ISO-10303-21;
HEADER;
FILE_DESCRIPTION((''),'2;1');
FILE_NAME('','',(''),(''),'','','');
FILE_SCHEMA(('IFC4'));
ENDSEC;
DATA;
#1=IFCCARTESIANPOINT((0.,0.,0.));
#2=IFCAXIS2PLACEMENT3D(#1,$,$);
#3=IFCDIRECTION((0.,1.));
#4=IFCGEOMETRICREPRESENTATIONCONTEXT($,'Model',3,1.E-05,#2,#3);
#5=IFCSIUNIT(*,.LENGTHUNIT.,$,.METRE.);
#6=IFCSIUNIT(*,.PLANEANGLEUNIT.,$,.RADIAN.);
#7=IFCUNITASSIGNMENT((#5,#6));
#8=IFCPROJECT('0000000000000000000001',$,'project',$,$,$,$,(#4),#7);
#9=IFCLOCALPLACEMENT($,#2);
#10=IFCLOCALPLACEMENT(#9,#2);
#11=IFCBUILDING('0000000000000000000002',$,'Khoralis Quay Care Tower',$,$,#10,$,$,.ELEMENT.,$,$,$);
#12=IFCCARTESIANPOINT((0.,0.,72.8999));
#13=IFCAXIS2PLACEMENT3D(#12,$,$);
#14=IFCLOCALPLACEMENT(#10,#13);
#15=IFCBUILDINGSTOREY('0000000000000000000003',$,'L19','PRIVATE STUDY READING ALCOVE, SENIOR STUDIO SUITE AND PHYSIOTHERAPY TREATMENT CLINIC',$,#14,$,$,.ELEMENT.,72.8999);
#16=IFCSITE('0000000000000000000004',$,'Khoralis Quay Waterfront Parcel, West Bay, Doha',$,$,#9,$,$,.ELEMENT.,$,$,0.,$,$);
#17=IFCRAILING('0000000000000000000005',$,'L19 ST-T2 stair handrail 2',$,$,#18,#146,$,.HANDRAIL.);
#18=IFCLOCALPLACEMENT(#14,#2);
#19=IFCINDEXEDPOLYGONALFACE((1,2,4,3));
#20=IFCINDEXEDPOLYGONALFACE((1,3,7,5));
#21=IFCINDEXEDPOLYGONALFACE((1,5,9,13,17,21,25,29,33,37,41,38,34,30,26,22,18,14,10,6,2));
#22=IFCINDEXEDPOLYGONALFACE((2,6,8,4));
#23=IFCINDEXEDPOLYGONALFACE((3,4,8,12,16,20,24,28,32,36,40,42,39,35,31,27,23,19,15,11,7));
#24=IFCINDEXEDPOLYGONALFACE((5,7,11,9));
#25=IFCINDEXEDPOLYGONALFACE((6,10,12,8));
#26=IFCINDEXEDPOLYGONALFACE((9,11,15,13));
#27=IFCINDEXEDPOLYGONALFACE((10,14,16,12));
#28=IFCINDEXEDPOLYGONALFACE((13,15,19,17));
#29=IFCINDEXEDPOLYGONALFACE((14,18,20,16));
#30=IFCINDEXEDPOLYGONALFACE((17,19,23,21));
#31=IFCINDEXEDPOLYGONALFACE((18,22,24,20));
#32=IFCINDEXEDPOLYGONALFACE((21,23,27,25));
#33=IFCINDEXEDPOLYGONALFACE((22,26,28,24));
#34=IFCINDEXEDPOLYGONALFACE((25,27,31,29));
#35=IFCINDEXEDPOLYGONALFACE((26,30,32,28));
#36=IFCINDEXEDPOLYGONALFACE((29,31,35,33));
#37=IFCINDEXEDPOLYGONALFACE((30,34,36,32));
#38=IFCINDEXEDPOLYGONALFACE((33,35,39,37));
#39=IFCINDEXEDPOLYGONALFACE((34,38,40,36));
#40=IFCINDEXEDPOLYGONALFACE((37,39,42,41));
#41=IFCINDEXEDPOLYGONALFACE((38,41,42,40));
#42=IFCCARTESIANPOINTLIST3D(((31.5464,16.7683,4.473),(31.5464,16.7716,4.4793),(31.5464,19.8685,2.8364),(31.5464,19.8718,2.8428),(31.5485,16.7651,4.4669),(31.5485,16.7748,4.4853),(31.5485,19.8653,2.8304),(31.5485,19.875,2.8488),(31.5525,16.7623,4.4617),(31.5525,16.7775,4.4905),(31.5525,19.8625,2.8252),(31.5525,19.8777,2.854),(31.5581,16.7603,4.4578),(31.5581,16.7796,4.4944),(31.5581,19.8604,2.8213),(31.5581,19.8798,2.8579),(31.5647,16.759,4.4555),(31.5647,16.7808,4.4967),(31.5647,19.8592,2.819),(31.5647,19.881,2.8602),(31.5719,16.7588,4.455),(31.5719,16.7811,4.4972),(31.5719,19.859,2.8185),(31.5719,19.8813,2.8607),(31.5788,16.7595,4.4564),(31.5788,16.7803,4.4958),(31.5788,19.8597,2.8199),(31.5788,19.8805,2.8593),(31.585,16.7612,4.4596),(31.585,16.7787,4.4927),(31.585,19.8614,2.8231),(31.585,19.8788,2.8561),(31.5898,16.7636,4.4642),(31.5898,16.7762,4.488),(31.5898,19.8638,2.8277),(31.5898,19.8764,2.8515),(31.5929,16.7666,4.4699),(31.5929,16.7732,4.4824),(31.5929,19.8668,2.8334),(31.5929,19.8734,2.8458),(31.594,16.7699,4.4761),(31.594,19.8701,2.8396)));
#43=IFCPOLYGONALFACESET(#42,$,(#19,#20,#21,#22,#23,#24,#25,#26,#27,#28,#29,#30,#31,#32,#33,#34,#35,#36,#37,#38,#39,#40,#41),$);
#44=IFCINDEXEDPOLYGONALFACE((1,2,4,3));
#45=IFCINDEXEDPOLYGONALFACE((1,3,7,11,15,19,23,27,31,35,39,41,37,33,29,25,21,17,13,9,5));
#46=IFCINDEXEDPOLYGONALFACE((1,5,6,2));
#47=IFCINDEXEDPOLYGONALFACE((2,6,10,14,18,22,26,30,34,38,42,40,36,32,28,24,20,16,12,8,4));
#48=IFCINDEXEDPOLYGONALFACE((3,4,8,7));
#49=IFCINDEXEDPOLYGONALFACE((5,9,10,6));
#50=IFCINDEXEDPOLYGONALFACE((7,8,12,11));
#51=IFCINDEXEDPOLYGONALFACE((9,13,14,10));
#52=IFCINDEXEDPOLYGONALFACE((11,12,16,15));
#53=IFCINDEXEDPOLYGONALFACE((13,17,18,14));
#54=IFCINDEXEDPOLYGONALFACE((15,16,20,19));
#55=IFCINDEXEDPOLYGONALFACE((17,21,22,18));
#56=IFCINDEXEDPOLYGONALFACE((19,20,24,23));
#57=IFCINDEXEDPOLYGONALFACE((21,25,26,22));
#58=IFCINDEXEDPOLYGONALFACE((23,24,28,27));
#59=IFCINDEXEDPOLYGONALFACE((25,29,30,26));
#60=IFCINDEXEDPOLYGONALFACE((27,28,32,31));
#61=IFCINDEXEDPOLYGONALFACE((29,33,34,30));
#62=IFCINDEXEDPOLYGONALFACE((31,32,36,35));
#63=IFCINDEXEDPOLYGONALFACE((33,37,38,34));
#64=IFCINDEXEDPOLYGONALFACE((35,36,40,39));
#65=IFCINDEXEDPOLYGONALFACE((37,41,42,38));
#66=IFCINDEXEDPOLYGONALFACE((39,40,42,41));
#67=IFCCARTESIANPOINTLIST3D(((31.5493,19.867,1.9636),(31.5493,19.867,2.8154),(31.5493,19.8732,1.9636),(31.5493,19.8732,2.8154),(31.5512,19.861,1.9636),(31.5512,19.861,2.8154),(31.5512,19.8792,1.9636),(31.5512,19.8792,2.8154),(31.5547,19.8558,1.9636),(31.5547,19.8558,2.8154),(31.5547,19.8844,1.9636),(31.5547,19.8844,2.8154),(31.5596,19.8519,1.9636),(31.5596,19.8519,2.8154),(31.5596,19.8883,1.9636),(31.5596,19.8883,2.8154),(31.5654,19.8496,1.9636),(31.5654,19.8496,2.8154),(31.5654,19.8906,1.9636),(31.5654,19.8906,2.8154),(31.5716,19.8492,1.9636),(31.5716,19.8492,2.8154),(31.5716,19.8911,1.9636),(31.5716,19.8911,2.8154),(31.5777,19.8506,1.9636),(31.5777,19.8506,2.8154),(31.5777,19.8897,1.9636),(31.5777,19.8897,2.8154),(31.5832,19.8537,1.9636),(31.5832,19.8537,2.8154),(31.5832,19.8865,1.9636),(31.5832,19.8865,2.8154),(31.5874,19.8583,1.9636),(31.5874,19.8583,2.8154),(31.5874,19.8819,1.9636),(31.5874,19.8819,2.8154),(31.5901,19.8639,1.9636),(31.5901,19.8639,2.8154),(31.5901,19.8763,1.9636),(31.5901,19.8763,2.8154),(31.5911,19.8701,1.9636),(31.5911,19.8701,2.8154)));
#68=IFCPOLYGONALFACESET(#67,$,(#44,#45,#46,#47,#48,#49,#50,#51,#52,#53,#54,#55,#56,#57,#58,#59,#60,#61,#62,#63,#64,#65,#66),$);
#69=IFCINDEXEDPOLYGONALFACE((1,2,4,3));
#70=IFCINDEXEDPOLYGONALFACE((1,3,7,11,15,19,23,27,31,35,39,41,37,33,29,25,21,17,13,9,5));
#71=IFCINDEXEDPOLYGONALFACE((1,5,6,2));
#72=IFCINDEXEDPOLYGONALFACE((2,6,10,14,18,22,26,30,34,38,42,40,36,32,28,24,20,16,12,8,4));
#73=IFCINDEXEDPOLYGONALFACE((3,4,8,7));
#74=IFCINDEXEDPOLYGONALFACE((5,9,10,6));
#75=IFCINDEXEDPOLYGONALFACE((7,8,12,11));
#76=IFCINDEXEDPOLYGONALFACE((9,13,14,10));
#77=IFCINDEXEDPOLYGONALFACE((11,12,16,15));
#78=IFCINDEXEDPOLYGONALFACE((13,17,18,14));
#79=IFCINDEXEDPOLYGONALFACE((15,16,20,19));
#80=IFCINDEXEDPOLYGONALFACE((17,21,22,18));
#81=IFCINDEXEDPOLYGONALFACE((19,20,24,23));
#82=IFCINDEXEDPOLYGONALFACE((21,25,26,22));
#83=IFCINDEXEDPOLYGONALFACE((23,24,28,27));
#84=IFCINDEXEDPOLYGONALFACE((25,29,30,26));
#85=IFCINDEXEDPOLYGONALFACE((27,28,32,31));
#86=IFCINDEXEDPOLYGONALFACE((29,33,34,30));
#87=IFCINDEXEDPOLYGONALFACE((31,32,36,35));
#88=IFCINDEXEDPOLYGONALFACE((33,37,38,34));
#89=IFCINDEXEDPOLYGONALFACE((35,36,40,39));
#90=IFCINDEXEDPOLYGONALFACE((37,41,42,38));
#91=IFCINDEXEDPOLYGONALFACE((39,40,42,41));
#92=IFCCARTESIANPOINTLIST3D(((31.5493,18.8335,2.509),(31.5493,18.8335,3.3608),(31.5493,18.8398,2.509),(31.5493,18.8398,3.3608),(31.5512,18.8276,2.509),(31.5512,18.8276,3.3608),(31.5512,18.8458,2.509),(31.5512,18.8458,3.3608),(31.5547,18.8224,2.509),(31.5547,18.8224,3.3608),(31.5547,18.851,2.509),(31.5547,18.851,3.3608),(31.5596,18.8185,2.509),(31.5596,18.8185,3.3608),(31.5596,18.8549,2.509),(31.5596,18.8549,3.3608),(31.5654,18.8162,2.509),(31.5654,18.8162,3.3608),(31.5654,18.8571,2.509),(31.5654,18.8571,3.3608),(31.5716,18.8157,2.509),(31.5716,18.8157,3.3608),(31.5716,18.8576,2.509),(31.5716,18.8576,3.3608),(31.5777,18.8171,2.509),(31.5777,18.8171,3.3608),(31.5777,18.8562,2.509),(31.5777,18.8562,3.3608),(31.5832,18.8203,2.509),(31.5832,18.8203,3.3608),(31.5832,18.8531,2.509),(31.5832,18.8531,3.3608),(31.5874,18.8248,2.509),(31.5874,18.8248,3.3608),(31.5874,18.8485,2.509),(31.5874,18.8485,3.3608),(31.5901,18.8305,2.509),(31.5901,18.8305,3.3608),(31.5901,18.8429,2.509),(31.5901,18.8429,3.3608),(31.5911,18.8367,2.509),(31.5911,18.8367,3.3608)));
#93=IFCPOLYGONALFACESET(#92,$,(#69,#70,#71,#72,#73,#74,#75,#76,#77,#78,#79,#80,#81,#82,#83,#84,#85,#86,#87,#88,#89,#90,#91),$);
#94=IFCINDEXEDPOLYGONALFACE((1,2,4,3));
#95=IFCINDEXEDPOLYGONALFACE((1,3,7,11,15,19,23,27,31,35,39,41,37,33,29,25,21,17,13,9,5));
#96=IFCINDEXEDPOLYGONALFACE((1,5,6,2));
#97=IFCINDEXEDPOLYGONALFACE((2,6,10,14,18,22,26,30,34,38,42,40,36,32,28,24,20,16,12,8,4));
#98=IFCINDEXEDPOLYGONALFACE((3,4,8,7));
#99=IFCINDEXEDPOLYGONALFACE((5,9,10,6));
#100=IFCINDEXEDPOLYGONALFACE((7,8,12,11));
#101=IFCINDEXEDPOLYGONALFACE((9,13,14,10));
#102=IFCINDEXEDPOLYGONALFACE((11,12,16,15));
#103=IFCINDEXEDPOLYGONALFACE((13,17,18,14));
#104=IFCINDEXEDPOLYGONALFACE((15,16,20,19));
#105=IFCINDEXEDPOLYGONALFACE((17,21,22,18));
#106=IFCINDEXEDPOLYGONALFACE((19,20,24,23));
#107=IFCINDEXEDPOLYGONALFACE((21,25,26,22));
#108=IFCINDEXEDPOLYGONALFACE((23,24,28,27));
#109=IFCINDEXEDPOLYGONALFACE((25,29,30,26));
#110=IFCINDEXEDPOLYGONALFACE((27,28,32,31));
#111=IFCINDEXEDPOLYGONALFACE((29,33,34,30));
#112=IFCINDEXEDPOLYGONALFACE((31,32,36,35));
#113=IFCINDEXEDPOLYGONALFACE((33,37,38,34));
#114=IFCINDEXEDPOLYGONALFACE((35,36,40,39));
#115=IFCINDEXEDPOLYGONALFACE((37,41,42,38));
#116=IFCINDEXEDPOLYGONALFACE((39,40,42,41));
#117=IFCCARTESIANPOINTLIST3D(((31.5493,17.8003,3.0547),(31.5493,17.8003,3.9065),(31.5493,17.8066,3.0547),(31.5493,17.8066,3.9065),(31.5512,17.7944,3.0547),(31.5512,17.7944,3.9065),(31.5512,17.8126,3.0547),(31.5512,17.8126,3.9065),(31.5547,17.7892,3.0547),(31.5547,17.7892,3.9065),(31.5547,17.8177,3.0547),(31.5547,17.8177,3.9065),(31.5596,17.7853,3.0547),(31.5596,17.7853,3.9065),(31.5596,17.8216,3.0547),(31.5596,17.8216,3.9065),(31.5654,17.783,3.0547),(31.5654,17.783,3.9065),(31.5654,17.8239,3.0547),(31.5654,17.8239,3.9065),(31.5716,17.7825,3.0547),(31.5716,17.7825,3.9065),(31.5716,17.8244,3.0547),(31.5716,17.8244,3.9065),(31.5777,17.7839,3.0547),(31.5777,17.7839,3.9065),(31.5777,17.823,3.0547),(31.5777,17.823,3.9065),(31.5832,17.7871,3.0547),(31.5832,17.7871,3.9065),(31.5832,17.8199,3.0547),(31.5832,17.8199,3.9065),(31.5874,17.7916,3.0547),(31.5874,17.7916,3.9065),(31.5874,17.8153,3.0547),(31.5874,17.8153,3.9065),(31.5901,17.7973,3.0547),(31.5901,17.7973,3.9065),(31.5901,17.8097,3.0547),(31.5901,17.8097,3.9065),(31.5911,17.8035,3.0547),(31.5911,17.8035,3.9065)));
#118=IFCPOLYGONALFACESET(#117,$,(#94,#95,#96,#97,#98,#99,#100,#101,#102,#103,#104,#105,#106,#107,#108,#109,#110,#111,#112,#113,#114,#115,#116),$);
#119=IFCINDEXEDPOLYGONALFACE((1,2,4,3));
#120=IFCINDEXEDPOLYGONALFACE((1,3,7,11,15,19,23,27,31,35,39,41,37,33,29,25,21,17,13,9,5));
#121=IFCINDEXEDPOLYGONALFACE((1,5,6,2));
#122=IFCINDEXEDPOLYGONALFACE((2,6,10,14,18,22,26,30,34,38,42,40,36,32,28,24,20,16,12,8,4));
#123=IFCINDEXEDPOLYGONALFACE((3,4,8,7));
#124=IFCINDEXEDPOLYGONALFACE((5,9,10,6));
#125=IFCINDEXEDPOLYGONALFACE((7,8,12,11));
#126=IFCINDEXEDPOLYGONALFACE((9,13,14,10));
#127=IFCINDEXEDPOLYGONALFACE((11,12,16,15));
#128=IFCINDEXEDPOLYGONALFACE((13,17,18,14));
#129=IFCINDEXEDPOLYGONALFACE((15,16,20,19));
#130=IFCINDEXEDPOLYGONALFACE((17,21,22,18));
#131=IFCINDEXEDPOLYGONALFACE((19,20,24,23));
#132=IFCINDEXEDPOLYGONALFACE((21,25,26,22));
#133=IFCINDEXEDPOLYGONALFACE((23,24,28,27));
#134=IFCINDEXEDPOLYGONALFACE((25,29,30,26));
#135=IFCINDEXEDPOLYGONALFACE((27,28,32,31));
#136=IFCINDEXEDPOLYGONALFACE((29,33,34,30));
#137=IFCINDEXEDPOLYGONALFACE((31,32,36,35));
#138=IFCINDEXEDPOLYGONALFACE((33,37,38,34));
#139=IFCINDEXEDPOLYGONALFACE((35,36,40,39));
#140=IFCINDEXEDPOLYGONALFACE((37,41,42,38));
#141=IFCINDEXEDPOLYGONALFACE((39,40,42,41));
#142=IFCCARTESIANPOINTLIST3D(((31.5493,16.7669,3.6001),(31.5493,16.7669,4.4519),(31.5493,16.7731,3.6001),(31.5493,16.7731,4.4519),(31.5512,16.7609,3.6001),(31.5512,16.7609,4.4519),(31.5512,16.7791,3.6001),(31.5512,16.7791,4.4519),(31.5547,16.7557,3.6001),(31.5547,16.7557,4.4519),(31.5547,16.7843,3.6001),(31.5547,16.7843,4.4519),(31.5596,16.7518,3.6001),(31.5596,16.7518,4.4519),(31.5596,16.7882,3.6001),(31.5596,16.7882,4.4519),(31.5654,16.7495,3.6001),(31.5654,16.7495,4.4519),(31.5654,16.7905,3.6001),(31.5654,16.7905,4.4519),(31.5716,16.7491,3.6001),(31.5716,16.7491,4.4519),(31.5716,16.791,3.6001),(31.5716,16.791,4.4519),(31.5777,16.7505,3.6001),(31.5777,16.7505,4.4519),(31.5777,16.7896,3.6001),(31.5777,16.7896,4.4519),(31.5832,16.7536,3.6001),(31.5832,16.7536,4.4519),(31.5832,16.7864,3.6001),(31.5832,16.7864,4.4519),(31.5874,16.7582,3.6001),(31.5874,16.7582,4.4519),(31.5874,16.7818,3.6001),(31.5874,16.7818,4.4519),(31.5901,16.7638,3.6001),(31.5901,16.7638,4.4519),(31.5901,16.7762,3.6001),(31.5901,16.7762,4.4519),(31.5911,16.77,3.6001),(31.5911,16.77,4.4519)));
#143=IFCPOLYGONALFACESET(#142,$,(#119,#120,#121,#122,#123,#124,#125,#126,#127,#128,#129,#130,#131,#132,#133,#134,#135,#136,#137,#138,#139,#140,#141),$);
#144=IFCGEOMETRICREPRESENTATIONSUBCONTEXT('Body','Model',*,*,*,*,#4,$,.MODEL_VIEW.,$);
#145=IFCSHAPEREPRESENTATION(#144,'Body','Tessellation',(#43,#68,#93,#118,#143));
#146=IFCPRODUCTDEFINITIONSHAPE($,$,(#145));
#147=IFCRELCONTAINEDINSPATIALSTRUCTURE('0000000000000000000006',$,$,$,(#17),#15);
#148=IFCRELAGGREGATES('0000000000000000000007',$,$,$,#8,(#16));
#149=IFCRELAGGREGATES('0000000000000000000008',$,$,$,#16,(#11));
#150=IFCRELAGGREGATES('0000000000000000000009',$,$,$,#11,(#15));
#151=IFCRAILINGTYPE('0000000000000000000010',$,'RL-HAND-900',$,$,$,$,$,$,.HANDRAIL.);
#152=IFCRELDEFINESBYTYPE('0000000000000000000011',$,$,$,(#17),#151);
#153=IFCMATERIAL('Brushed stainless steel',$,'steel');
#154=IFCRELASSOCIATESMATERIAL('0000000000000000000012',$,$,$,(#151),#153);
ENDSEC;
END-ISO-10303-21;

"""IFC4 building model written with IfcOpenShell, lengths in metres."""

from ifc_helpers import new_model, si_unit, direction, frame, origin, origin_2d, place, context, subcontext, project, spatial, circle, extrude, material, type_object, element, save


model = new_model("IFC4")

# Units and contexts
model_context = context("Model", 3, precision=1e-05, world=origin(), true_north=direction((0.0, 1.0)))
body_context = subcontext(model_context, "Body", "Model", "MODEL_VIEW")
ifc_project = project(units=[si_unit("LENGTHUNIT", "METRE"), si_unit("PLANEANGLEUNIT", "RADIAN")], contexts=[model_context])

# Site, building, storey
site_placement = place(None, origin())
site = spatial("IfcSite", under=ifc_project, at=site_placement, Name="Khoralis Quay Waterfront Parcel, West Bay, Doha", CompositionType="ELEMENT", RefElevation=0.0)
building_placement = place(site_placement, origin())
building = spatial("IfcBuilding", under=site, at=building_placement, Name="Khoralis Quay Care Tower", CompositionType="ELEMENT")
storey_placement = place(building_placement, frame((0.0, 0.0, 72.8999)))
storey = spatial("IfcBuildingStorey", under=building, at=storey_placement, Name="L19", Description="PRIVATE STUDY READING ALCOVE, SENIOR STUDIO SUITE AND PHYSIOTHERAPY TREATMENT CLINIC", CompositionType="ELEMENT", Elevation=72.8999)

# Shared definitions
ifc_material_1 = material(Name="Brushed stainless steel", Category="steel")

# Railing
railing_type_1 = type_object("IfcRailingType", Name="RL-HAND-900", PredefinedType="HANDRAIL", material=ifc_material_1)
railing_1_placement = place(storey_placement, frame((31.5701, 19.8701, 1.9636)))
element("IfcRailing", 1, at=railing_1_placement, inside=storey, type_object=railing_type_1, Name="L19 ST-T2 stair handrail 2", PredefinedType="HANDRAIL", context=body_context, shape_type="SweptSolid", body=[
    extrude(circle(Radius=0.0239, at=origin_2d()), frame((0.0, 0.0, 0.876), z_axis=(0.0, -0.884348, 0.466828), x_axis=(1.0, 0.0, 0.0)), (0.0, 0.0, 1.0), 3.5056),
    extrude(circle(Radius=0.021, at=origin_2d()), origin(), (0.0, 0.0, 1.0), 0.8518),
    extrude(circle(Radius=0.021, at=origin_2d()), frame((0.0, -1.0334, 0.5454)), (0.0, 0.0, 1.0), 0.8518),
    extrude(circle(Radius=0.021, at=origin_2d()), frame((0.0, -2.0667, 1.0911)), (0.0, 0.0, 1.0), 0.8518),
    extrude(circle(Radius=0.021, at=origin_2d()), frame((0.0, -3.1001, 1.6365)), (0.0, 0.0, 1.0), 0.8518),
])

save(model, "model.ifc")
